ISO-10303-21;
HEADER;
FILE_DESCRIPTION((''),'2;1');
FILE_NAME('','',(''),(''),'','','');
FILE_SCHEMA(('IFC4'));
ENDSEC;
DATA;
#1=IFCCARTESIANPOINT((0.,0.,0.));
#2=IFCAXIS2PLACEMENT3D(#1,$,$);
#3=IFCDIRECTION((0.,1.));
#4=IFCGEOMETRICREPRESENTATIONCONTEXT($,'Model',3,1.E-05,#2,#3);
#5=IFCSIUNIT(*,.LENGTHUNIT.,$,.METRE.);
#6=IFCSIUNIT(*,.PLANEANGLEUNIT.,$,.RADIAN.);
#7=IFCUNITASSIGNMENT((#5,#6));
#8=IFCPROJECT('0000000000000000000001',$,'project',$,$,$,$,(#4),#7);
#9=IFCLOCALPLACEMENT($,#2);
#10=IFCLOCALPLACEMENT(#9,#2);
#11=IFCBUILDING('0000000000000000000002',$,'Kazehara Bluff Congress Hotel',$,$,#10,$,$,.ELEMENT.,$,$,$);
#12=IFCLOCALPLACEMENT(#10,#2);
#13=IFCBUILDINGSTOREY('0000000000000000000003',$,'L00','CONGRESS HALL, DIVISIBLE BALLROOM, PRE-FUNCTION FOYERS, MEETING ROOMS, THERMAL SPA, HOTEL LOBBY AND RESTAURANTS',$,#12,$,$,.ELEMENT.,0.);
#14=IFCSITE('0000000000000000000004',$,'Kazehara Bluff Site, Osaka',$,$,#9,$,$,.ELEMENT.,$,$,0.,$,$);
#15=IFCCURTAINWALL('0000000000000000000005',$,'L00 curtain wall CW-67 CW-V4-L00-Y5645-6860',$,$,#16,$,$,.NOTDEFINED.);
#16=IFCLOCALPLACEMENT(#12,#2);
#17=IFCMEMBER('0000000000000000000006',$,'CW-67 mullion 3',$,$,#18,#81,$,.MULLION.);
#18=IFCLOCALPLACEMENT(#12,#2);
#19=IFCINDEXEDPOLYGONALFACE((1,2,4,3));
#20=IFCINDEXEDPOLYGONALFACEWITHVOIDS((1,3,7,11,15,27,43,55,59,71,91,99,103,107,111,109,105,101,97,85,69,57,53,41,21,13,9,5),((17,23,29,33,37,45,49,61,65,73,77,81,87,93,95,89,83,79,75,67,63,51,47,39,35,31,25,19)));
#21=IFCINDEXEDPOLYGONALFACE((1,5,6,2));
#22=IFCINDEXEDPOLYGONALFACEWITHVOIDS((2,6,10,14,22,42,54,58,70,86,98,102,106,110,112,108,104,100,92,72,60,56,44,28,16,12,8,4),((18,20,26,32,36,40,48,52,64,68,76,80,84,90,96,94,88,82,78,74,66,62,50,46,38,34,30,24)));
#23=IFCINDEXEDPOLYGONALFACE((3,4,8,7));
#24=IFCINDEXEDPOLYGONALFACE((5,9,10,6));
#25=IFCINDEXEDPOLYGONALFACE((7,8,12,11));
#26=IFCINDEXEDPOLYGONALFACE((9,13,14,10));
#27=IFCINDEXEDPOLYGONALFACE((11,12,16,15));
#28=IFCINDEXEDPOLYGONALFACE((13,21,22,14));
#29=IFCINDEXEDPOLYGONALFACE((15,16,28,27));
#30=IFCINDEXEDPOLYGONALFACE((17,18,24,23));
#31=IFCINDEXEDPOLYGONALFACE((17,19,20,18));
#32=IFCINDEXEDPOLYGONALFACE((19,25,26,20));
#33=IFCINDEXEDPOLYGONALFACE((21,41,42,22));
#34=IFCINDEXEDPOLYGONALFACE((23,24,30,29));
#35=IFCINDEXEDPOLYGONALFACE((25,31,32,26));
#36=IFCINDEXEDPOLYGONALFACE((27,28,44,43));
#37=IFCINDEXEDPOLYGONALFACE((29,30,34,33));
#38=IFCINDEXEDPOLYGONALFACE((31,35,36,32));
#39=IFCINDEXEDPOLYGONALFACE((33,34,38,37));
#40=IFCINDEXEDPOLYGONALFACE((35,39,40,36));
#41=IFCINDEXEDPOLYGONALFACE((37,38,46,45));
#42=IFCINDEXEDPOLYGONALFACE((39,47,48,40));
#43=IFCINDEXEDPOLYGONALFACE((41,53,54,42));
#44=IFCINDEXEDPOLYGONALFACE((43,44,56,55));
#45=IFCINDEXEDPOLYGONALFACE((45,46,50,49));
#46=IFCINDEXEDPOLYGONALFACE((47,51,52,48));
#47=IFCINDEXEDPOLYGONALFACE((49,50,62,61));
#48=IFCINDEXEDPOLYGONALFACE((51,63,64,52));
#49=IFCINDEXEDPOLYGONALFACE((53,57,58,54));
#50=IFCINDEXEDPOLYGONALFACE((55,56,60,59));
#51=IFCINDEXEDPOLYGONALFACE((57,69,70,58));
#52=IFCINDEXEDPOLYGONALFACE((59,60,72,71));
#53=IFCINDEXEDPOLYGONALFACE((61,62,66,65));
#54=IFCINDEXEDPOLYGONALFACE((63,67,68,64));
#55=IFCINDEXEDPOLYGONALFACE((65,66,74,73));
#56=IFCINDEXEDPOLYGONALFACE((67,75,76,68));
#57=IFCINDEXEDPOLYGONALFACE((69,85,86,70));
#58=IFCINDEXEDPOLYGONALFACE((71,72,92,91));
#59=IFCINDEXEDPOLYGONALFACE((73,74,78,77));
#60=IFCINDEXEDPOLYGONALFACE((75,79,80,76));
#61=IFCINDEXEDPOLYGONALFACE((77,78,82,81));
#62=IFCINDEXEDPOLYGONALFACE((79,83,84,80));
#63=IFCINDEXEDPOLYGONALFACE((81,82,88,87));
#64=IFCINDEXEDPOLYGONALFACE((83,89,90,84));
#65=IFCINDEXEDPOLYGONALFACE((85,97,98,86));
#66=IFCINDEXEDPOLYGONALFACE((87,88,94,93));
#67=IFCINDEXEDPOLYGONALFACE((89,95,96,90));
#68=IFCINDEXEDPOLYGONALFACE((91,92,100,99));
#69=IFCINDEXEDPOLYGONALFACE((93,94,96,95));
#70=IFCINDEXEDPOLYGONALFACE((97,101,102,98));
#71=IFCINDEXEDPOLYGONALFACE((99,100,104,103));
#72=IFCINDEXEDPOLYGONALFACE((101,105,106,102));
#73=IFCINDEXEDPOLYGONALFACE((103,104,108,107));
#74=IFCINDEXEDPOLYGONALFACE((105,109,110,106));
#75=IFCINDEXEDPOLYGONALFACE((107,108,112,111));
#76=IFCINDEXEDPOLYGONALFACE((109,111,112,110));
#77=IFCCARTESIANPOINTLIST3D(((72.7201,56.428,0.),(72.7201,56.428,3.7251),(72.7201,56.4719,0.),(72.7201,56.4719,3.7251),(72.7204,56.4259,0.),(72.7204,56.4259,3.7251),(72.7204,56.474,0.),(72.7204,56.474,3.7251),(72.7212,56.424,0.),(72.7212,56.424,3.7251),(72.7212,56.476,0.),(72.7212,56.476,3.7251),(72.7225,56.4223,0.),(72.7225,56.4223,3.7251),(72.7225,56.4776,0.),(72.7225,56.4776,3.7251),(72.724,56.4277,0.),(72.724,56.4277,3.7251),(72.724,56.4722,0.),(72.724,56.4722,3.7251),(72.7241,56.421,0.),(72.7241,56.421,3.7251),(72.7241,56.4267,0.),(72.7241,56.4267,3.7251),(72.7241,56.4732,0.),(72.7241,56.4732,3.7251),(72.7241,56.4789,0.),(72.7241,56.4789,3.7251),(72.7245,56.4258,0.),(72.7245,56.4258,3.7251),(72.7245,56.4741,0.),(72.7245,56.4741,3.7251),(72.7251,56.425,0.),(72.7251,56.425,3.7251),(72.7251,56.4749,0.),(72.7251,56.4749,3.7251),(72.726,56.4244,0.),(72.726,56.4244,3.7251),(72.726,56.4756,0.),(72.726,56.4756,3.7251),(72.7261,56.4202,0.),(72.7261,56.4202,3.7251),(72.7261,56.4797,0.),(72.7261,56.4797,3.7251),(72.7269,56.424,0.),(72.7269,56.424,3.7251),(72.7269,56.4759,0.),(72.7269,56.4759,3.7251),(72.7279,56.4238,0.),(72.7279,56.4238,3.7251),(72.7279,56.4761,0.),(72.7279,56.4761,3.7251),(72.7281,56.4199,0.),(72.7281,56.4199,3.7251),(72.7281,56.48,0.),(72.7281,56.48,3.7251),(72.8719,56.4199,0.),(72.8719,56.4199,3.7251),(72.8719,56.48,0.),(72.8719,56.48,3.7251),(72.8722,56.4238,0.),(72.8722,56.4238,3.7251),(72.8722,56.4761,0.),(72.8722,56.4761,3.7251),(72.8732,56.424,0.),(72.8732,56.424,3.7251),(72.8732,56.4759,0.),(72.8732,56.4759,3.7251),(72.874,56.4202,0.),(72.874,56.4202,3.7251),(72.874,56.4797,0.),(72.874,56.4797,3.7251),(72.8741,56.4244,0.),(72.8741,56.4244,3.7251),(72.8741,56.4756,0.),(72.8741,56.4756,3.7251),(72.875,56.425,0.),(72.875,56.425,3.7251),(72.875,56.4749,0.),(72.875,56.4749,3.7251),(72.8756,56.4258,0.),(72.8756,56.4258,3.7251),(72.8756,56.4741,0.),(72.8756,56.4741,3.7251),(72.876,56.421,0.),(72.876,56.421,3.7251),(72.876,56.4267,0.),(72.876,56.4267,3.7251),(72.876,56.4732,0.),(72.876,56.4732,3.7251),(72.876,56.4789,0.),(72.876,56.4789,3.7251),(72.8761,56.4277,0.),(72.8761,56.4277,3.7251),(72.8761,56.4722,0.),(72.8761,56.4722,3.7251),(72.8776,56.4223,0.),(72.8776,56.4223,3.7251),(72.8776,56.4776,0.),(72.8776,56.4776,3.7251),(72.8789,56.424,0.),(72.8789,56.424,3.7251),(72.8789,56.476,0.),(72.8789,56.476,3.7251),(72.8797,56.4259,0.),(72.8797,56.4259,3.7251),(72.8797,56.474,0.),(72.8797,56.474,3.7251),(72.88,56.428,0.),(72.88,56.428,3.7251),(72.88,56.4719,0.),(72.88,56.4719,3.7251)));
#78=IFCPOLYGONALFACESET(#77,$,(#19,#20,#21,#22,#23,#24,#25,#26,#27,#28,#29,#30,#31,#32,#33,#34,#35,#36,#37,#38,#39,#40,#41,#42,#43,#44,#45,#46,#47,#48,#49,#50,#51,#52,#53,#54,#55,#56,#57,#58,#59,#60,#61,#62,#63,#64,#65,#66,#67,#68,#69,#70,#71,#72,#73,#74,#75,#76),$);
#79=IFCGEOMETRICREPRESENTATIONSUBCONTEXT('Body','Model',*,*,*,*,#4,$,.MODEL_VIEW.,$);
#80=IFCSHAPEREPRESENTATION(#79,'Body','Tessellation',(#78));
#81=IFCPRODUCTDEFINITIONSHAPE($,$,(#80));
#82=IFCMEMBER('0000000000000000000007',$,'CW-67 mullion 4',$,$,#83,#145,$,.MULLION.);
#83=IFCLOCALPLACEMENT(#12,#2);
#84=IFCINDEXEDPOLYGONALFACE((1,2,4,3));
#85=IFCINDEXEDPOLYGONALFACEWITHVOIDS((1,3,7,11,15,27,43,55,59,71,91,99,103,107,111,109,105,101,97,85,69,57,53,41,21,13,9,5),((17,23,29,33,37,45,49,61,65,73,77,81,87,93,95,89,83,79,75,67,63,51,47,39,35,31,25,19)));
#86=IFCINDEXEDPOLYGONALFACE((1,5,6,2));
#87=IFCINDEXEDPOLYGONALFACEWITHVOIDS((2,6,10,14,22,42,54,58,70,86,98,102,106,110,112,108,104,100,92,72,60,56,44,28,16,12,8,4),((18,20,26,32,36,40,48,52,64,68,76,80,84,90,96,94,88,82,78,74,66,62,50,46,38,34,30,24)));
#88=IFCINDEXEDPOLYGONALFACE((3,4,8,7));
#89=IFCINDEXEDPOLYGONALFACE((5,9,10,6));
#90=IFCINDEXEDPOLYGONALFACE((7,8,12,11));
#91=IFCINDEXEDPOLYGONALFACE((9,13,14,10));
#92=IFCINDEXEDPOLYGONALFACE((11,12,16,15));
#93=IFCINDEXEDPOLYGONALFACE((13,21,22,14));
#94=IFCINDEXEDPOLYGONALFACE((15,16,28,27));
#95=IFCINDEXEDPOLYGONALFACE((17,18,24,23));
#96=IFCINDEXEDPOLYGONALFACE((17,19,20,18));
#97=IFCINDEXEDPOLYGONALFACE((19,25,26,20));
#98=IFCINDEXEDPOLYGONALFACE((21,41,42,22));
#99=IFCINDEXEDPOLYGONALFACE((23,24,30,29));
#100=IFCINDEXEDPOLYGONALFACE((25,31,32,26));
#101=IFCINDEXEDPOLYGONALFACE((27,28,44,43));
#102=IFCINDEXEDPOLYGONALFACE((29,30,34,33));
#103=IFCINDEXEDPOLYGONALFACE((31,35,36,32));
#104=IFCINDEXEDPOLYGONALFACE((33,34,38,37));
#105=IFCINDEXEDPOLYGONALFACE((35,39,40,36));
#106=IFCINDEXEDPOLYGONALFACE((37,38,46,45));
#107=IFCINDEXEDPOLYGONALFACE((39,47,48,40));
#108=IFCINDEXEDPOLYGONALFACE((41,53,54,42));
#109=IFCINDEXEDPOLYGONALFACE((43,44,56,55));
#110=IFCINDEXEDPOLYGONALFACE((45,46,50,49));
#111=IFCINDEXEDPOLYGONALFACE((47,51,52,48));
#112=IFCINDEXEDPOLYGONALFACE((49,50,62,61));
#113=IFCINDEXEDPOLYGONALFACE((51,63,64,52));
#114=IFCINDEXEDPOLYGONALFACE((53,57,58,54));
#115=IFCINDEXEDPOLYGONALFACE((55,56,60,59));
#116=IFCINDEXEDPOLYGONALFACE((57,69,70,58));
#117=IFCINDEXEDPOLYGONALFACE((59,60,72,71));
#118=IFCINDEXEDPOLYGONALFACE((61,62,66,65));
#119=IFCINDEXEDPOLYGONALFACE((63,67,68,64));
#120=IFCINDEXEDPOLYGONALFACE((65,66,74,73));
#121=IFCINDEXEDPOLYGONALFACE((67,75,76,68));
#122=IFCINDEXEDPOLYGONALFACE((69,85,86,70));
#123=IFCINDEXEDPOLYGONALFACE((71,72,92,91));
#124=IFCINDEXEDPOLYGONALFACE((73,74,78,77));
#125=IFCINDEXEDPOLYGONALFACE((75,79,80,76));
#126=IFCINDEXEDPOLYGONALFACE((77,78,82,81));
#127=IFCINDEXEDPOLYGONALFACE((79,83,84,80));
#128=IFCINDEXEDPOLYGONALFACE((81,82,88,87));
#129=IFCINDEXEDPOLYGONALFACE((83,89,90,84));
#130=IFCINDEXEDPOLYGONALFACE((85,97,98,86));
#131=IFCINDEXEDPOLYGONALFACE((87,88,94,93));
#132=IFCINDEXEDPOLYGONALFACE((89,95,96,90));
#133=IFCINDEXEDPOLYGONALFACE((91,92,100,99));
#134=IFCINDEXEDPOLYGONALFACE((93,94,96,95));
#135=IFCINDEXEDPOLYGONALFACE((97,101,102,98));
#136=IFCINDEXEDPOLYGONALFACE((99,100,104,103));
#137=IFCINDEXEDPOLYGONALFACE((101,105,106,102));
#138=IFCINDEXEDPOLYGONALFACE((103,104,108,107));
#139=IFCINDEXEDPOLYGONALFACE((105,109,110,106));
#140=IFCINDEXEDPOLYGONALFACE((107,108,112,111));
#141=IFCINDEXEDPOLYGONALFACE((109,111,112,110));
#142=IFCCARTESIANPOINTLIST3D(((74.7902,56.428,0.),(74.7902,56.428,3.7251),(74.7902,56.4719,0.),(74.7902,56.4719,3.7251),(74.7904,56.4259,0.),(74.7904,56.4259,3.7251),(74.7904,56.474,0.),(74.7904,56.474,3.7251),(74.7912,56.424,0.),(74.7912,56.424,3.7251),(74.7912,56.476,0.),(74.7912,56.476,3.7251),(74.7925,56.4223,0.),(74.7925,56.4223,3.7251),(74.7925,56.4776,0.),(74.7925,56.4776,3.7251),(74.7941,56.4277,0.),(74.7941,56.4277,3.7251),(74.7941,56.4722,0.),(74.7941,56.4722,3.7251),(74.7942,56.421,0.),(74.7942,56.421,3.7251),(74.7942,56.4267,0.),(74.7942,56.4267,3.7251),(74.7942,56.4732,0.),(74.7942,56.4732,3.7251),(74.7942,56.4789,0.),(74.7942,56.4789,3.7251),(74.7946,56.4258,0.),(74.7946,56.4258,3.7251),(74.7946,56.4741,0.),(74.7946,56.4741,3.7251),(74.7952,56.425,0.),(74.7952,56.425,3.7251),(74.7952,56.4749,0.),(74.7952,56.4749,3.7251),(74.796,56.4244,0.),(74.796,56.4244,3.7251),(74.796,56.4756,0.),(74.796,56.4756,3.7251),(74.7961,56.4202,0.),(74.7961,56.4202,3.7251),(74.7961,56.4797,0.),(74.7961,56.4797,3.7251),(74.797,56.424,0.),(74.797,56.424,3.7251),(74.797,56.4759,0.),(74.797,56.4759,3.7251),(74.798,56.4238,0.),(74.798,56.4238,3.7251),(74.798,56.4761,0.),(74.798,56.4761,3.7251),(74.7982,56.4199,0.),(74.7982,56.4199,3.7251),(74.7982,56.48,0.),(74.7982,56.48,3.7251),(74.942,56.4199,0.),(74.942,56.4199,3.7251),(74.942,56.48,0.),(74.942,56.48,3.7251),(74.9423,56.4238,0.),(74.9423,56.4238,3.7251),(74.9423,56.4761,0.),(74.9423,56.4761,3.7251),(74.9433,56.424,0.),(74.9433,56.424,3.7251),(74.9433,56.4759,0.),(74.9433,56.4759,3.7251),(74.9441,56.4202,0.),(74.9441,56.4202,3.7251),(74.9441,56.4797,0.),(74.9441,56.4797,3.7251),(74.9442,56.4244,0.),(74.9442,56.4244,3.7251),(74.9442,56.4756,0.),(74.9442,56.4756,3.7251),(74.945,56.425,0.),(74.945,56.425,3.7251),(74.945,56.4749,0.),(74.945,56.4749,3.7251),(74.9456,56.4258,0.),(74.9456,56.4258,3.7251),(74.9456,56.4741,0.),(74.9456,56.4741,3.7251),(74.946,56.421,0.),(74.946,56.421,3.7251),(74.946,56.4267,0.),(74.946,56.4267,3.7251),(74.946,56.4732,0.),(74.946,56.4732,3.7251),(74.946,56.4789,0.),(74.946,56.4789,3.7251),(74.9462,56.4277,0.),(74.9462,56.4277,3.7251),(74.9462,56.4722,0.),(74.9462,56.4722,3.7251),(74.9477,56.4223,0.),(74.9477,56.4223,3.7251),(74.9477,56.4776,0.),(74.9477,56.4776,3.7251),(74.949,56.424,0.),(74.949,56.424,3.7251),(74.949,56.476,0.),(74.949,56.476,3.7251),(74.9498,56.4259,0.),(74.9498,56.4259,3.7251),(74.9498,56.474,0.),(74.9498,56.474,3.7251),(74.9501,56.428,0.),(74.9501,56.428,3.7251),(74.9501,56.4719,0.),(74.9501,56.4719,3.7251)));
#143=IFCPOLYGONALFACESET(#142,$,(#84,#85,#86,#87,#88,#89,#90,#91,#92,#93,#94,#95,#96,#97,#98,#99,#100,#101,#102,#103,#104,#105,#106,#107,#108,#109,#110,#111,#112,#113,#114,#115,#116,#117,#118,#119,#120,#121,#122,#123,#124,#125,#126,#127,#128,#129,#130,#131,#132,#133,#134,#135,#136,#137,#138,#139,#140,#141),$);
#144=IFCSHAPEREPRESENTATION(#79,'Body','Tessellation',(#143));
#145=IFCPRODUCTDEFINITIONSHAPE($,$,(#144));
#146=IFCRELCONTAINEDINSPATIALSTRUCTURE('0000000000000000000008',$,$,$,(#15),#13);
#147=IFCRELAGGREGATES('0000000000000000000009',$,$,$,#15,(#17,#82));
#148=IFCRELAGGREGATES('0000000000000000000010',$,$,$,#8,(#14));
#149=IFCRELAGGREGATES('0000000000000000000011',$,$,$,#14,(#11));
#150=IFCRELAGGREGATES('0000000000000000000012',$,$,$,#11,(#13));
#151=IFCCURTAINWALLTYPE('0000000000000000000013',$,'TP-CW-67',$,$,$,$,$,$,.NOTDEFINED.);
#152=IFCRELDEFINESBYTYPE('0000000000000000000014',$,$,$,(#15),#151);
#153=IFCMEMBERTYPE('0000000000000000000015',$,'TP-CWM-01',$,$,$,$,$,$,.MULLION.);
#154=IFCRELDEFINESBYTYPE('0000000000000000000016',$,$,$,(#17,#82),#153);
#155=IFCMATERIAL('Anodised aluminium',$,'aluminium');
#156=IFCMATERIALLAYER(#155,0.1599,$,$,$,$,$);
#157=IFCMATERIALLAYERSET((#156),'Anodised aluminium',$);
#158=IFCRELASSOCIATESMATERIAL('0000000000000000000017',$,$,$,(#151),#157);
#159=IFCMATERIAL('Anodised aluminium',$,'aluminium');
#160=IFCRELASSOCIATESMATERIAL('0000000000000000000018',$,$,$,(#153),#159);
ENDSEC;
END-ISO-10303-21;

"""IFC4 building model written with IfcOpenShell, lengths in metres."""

from ifc_helpers import new_model, si_unit, direction, frame, origin, origin_2d, place, context, subcontext, project, spatial, hollow_rectangle, extrude, material, layer, layer_set, material_profile, profile_set, type_object, element, aggregate, save


model = new_model("IFC4")

# Units and contexts
model_context = context("Model", 3, precision=1e-05, world=origin(), true_north=direction((0.0, 1.0)))
body_context = subcontext(model_context, "Body", "Model", "MODEL_VIEW")
ifc_project = project(units=[si_unit("LENGTHUNIT", "METRE"), si_unit("PLANEANGLEUNIT", "RADIAN")], contexts=[model_context])

# Site, building, storey
site_placement = place(None, origin())
site = spatial("IfcSite", under=ifc_project, at=site_placement, Name="Kazehara Bluff Site, Osaka", CompositionType="ELEMENT", RefElevation=0.0)
building_placement = place(site_placement, origin())
building = spatial("IfcBuilding", under=site, at=building_placement, Name="Kazehara Bluff Congress Hotel", CompositionType="ELEMENT")
storey_placement = place(building_placement, origin())
storey = spatial("IfcBuildingStorey", under=building, at=storey_placement, Name="L00", Description="CONGRESS HALL, DIVISIBLE BALLROOM, PRE-FUNCTION FOYERS, MEETING ROOMS, THERMAL SPA, HOTEL LOBBY AND RESTAURANTS", CompositionType="ELEMENT", Elevation=0.0)

# Curtain wall, members
ifc_material_1 = material(Name="Anodised aluminium", Category="aluminium")
ifc_layer_1 = layer(ifc_material_1, 0.1599)
ifc_layer_set_1 = layer_set([ifc_layer_1], Name="Anodised aluminium")
curtain_wall_type_1 = type_object("IfcCurtainWallType", Name="TP-CW-67", PredefinedType="NOTDEFINED", material=ifc_layer_set_1)
curtain_wall_1_placement = place(storey_placement, origin())
curtain_wall_1 = element("IfcCurtainWall", 1, at=curtain_wall_1_placement, inside=storey, type_object=curtain_wall_type_1, Name="L00 curtain wall CW-67 CW-V4-L00-Y5645-6860", PredefinedType="NOTDEFINED")
ifc_material_2 = material(Name="Anodised aluminium", Category="aluminium")
ifc_material_profile_1 = material_profile(ifc_material_2, hollow_rectangle(XDim=0.0601, YDim=0.1599, WallThickness=0.0039, InnerFilletRadius=0.0039, OuterFilletRadius=0.0081, at=origin_2d()))
ifc_profile_set_1 = profile_set([ifc_material_profile_1], Name="Anodised aluminium")
member_type_1 = type_object("IfcMemberType", Name="TP-CWM-01", PredefinedType="MULLION", material=ifc_profile_set_1)
member_1_placement = place(storey_placement, frame((72.8, 56.45, 0.0), z_axis=(0.0, 0.0, 1.0), x_axis=(0.0, 1.0, 0.0)))
member_1 = element("IfcMember", 2, at=member_1_placement, type_object=member_type_1, Name="CW-67 mullion 3", PredefinedType="MULLION", context=body_context, shape_type="SweptSolid", body=[
    extrude(hollow_rectangle(XDim=0.0601, YDim=0.1599, WallThickness=0.0039, InnerFilletRadius=0.0039, OuterFilletRadius=0.0081, at=origin_2d()), origin(), (0.0, 0.0, 1.0), 3.7251),
])
member_2_placement = place(storey_placement, frame((74.8701, 56.45, 0.0), z_axis=(0.0, 0.0, 1.0), x_axis=(0.0, 1.0, 0.0)))
member_2 = element("IfcMember", 3, at=member_2_placement, type_object=member_type_1, Name="CW-67 mullion 4", PredefinedType="MULLION", context=body_context, shape_type="SweptSolid", body=[
    extrude(hollow_rectangle(XDim=0.0601, YDim=0.1599, WallThickness=0.0039, InnerFilletRadius=0.0039, OuterFilletRadius=0.0081, at=origin_2d()), origin(), (0.0, 0.0, 1.0), 3.7251),
])

aggregate(curtain_wall_1, [member_1, member_2])

save(model, "model.ifc")
